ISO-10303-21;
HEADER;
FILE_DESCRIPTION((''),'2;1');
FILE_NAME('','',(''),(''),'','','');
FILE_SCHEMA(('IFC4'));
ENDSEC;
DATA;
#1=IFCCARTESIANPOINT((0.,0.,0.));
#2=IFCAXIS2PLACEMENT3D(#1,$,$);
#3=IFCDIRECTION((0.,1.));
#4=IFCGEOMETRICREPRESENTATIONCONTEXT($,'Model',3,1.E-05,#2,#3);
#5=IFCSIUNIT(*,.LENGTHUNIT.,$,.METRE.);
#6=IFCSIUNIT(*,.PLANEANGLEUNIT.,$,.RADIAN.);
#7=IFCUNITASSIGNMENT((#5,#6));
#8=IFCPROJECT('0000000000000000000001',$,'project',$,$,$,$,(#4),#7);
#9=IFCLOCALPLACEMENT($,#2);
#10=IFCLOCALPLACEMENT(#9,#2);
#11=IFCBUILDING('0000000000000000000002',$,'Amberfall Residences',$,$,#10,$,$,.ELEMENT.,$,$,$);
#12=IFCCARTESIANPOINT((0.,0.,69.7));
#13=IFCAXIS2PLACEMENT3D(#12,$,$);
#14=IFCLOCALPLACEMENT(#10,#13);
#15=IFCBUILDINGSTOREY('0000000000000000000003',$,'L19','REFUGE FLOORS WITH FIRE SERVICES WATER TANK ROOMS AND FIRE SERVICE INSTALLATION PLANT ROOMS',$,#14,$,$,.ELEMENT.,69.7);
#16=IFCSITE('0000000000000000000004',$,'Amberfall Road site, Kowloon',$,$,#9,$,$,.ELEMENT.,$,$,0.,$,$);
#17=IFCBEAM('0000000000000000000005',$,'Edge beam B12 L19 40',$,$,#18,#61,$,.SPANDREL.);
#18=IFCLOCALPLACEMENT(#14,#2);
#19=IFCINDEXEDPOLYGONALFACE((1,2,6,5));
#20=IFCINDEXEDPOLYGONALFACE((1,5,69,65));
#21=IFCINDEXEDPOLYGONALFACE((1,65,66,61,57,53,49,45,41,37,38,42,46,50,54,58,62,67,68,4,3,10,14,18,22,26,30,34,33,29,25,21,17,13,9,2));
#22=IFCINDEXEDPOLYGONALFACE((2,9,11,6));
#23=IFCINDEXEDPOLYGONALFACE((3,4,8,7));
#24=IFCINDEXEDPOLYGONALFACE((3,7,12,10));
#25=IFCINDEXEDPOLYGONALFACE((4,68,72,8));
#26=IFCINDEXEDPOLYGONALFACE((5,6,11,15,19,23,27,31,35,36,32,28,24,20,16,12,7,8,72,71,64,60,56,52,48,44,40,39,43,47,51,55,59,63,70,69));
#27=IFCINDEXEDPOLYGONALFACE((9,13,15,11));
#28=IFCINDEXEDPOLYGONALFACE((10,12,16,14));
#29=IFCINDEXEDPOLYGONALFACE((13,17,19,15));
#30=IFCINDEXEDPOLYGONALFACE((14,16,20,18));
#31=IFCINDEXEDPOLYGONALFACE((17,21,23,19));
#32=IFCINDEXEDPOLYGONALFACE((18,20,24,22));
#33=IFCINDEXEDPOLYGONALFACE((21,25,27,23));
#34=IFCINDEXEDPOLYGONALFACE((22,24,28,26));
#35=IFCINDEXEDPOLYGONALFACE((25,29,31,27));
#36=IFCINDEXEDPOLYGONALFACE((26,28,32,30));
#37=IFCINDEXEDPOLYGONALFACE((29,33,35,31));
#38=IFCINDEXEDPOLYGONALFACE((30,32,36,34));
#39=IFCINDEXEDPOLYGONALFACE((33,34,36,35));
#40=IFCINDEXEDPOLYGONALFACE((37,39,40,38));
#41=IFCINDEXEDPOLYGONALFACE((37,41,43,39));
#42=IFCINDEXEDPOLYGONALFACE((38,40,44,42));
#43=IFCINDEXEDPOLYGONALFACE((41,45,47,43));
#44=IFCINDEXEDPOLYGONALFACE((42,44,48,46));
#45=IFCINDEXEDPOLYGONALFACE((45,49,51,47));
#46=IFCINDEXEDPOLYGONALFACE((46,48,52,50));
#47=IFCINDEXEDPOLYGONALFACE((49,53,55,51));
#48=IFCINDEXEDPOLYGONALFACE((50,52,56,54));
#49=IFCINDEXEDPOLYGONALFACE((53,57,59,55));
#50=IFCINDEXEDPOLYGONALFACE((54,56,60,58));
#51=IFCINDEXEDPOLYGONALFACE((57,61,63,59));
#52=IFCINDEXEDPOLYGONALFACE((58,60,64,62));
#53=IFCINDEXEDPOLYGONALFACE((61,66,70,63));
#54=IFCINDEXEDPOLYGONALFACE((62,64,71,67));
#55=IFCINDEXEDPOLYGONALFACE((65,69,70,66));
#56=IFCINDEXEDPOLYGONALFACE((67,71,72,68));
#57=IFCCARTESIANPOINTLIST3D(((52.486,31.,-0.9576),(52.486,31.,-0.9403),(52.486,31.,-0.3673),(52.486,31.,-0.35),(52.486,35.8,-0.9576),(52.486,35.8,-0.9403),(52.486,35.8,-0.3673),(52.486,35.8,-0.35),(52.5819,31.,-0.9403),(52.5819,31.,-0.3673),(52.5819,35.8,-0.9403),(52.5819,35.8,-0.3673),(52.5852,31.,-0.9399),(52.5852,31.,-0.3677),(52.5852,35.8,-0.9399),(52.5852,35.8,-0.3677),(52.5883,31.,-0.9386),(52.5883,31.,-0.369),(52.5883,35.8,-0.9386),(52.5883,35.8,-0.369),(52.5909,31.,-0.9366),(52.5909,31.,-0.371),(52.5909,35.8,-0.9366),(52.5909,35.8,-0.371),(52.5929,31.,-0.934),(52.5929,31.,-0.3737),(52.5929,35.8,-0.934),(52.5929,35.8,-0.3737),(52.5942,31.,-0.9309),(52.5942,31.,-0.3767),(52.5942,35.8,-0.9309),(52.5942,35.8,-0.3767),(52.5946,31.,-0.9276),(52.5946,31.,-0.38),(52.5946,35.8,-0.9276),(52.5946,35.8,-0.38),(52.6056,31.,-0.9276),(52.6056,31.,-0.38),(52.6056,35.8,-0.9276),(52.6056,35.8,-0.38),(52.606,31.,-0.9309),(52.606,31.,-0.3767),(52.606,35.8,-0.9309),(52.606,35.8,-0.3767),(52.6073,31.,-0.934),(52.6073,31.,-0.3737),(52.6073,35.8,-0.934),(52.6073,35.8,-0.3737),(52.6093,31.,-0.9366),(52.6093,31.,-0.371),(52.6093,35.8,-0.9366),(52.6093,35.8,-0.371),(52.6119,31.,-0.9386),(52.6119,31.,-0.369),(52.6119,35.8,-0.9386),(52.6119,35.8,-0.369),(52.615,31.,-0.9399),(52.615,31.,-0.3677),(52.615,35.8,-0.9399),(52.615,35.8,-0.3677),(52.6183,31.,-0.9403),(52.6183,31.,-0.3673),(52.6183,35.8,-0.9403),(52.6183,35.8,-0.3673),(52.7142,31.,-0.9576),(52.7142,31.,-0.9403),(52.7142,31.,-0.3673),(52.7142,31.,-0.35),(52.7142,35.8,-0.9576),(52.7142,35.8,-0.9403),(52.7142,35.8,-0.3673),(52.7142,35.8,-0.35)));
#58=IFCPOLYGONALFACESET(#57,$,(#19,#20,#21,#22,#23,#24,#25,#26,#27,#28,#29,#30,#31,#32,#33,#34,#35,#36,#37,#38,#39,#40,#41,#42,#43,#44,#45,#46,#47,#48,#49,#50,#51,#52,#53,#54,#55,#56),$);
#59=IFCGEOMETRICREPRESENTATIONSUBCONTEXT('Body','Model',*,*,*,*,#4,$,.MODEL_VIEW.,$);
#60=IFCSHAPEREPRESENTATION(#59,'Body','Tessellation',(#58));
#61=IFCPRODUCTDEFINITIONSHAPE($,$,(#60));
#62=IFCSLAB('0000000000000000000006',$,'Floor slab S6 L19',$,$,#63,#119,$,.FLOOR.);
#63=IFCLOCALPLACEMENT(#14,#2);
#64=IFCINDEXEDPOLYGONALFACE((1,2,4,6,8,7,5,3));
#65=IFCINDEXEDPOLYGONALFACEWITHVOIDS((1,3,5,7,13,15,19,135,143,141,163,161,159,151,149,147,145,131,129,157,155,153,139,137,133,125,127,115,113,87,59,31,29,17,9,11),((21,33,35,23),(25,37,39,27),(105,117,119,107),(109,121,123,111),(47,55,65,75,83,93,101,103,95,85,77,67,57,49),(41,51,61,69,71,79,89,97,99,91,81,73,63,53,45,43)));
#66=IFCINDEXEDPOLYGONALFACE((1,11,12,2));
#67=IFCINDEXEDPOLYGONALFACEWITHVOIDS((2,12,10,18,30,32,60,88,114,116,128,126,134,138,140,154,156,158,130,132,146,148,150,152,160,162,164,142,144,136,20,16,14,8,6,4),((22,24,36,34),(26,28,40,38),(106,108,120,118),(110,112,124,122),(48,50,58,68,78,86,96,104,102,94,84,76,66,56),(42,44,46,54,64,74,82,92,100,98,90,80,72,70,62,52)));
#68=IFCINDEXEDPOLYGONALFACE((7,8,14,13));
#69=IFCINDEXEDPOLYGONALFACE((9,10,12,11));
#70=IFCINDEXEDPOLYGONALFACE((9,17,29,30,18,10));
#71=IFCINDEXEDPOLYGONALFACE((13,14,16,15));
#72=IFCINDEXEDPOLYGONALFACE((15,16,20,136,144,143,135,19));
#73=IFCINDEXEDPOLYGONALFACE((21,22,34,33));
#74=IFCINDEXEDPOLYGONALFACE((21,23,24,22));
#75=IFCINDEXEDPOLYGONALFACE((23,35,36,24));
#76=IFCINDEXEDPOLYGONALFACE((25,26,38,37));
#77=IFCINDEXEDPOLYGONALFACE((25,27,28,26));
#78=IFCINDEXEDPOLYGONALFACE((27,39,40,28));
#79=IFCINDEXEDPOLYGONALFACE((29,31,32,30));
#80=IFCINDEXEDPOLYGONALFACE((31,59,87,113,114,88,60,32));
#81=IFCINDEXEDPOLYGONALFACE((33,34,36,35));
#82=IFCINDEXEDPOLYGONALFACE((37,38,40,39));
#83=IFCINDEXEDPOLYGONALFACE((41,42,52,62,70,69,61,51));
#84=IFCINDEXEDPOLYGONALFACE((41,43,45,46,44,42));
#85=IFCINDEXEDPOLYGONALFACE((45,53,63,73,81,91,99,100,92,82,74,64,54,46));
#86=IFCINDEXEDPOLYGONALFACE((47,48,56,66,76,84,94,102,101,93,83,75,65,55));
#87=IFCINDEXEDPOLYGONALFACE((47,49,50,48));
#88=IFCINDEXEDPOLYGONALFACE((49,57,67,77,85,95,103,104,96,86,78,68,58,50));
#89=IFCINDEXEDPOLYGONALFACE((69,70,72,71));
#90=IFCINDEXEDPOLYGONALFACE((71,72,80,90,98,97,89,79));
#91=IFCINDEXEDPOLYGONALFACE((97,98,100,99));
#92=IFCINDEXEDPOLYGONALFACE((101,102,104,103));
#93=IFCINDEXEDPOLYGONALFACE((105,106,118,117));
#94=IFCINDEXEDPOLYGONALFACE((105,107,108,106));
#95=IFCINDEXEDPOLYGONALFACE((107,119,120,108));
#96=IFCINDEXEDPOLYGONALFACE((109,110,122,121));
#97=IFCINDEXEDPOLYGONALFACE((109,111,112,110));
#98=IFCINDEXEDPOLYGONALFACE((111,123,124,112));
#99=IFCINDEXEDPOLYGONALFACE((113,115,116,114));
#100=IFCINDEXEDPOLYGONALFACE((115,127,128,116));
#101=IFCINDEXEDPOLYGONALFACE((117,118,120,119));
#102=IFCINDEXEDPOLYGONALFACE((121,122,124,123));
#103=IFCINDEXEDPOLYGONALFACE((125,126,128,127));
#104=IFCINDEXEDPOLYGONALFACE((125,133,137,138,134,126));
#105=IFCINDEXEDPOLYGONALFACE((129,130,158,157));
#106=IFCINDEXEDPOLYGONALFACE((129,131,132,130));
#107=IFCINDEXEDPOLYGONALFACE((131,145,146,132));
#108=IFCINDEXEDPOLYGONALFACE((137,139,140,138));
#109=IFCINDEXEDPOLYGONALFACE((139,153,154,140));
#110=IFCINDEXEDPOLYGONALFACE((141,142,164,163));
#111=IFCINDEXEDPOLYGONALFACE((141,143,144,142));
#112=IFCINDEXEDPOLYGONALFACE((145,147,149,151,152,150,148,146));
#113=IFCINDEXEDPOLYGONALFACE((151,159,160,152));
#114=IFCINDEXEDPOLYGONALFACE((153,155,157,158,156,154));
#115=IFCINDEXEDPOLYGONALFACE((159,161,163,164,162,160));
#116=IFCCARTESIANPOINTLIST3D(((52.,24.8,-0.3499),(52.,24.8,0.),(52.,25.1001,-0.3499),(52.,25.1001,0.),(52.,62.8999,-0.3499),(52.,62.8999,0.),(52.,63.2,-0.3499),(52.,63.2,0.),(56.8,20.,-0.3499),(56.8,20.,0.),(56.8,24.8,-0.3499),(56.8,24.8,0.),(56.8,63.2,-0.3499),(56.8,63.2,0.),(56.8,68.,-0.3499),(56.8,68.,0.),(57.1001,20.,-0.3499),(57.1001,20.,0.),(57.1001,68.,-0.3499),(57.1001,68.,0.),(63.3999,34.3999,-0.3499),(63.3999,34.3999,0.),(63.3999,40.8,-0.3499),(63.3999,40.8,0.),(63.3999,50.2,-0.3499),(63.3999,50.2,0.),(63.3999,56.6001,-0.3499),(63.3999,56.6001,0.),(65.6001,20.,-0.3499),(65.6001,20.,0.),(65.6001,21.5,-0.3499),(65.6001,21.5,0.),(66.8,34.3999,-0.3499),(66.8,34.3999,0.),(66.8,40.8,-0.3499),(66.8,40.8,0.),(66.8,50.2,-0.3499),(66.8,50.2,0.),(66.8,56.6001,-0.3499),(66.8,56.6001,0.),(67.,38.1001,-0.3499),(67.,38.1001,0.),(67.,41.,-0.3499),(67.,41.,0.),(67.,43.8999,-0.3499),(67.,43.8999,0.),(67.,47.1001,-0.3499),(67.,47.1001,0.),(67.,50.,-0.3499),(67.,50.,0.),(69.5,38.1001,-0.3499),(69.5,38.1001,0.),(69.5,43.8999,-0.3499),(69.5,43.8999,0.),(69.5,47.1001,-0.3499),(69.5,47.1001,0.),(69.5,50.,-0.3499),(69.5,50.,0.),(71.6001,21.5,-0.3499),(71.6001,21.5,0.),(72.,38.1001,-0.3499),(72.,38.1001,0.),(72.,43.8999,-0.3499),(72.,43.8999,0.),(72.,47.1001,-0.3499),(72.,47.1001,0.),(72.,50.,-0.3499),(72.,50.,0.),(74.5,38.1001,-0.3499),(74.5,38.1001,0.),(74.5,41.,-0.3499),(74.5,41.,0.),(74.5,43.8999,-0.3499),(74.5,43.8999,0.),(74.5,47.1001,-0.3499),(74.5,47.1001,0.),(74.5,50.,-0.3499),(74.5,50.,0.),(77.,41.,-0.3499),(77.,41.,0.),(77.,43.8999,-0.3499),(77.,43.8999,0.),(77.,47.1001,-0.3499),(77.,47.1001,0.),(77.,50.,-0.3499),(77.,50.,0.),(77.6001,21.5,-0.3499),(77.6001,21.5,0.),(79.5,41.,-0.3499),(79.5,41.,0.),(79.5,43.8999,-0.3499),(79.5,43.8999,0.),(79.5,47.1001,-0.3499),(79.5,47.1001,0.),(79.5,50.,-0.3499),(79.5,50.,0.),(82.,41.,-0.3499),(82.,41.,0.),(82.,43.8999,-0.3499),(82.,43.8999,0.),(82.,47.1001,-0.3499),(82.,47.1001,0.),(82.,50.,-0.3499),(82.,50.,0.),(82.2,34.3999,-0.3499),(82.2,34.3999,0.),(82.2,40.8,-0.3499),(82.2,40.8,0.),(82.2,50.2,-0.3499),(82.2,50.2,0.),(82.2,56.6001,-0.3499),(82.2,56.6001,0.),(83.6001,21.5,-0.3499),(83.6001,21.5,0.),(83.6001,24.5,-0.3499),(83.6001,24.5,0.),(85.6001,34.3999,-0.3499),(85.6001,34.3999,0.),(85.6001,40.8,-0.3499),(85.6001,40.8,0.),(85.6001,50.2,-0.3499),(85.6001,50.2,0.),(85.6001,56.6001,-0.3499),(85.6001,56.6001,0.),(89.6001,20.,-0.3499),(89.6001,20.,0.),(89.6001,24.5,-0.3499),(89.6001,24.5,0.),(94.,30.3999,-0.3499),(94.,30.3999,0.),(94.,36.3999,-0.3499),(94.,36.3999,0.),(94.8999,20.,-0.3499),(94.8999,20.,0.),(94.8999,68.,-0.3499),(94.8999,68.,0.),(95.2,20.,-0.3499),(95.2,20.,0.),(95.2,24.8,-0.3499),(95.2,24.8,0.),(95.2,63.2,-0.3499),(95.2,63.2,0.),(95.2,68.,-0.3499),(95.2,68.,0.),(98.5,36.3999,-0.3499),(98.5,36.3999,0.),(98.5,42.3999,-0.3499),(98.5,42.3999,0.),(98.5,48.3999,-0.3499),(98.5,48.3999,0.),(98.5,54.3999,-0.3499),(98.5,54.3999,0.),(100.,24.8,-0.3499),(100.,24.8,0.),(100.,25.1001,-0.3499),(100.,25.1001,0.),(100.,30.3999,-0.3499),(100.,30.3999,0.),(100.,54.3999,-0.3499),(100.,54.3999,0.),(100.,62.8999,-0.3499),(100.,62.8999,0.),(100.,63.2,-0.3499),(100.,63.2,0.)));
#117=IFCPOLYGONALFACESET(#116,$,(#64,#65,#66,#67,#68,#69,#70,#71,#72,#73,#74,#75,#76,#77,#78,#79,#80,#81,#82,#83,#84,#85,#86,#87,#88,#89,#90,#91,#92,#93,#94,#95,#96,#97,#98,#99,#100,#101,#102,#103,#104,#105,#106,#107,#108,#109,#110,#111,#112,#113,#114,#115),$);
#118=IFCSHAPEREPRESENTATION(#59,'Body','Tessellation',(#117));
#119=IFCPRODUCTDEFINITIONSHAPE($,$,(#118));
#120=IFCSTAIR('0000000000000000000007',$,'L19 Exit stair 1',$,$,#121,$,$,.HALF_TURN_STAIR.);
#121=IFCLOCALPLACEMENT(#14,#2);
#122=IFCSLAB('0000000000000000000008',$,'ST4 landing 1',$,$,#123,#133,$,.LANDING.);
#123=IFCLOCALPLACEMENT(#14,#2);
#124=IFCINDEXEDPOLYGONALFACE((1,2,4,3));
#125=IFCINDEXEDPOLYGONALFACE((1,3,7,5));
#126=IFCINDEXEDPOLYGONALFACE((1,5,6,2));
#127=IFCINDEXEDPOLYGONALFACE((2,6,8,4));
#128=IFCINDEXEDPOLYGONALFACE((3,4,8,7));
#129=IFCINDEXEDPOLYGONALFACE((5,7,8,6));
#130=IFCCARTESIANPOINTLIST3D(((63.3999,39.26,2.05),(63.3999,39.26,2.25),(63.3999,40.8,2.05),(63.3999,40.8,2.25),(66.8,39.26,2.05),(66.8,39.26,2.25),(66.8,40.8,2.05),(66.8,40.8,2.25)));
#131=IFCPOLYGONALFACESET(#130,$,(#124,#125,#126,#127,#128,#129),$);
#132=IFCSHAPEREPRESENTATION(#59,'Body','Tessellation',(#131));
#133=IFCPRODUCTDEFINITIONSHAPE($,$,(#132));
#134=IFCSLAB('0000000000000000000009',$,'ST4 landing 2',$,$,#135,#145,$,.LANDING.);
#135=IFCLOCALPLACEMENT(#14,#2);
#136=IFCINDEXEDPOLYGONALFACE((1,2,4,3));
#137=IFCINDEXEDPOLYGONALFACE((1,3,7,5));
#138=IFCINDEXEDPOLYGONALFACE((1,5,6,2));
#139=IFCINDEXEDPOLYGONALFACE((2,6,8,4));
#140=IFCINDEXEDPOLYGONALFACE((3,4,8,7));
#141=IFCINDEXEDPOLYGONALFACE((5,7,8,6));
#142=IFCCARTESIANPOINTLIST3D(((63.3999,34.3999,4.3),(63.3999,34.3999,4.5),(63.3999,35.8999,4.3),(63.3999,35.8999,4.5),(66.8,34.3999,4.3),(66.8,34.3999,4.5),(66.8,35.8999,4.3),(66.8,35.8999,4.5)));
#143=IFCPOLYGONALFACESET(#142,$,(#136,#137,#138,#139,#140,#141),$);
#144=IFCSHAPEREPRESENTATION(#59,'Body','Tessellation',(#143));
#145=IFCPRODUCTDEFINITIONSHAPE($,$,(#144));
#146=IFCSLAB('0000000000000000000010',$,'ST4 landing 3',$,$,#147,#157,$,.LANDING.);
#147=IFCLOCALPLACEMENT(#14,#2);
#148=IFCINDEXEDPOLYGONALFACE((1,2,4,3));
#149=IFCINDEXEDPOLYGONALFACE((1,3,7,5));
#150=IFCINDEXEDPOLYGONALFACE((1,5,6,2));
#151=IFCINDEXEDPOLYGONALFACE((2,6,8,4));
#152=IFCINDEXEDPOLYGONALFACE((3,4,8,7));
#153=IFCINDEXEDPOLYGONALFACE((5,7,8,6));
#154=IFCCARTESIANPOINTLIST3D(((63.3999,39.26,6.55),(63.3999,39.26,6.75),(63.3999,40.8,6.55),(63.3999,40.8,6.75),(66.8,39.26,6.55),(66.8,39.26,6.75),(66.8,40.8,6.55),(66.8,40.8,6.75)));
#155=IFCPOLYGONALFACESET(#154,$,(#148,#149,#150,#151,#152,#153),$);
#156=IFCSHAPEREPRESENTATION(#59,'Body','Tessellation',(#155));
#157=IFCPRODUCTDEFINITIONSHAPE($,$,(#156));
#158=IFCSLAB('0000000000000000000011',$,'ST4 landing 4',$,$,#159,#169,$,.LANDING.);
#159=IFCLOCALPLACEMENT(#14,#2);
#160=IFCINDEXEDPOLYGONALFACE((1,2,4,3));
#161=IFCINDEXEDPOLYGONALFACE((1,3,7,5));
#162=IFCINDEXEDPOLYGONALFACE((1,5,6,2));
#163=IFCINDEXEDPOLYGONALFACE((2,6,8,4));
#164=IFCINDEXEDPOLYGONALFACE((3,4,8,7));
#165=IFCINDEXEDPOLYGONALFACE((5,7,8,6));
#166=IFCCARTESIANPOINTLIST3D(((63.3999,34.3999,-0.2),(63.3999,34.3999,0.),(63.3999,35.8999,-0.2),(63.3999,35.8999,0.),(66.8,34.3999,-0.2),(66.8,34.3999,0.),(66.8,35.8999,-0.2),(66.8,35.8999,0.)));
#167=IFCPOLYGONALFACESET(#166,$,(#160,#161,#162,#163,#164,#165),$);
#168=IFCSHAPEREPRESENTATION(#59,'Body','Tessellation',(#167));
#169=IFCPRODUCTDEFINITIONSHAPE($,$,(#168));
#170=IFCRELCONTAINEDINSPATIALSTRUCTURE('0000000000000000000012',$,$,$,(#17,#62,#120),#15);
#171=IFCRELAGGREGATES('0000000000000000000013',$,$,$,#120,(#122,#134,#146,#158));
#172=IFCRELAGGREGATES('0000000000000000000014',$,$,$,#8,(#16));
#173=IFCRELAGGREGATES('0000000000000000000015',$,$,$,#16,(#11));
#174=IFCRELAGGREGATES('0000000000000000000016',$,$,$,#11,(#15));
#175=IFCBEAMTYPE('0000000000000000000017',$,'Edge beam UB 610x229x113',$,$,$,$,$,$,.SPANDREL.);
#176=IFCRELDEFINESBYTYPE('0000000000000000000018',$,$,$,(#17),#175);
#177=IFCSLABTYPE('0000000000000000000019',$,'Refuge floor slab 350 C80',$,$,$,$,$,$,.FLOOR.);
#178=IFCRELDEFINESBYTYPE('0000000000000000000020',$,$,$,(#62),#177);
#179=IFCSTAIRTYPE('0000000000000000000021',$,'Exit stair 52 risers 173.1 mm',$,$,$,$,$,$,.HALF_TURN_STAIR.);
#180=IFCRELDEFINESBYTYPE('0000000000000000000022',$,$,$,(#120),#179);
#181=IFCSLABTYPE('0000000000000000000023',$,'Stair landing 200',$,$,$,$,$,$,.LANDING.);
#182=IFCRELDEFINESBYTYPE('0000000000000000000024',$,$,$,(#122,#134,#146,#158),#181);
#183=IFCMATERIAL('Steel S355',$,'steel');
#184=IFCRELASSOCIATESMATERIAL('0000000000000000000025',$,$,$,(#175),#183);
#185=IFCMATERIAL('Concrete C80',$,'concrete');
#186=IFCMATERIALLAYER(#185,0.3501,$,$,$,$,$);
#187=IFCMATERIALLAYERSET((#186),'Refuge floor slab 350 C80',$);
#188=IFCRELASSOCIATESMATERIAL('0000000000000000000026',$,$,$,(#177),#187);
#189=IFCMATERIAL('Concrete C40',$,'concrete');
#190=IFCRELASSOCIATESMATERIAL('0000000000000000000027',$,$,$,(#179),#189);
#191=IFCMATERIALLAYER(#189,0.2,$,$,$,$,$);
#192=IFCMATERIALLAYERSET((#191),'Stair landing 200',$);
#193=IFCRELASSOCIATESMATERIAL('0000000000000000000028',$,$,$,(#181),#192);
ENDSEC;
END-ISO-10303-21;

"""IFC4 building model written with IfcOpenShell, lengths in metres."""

from ifc_helpers import new_model, si_unit, direction, frame, origin, origin_2d, place, context, subcontext, project, spatial, polyline, i_section, outline, extrude, material, layer, layer_set, material_profile, profile_set, type_object, element, aggregate, save


model = new_model("IFC4")

# Units and contexts
model_context = context("Model", 3, precision=1e-05, world=origin(), true_north=direction((0.0, 1.0)))
body_context = subcontext(model_context, "Body", "Model", "MODEL_VIEW")
ifc_project = project(units=[si_unit("LENGTHUNIT", "METRE"), si_unit("PLANEANGLEUNIT", "RADIAN")], contexts=[model_context])

# Site, building, storey
site_placement = place(None, origin())
site = spatial("IfcSite", under=ifc_project, at=site_placement, Name="Amberfall Road site, Kowloon", CompositionType="ELEMENT", RefElevation=0.0)
building_placement = place(site_placement, origin())
building = spatial("IfcBuilding", under=site, at=building_placement, Name="Amberfall Residences", CompositionType="ELEMENT")
storey_placement = place(building_placement, frame((0.0, 0.0, 69.7)))
storey = spatial("IfcBuildingStorey", under=building, at=storey_placement, Name="L19", Description="REFUGE FLOORS WITH FIRE SERVICES WATER TANK ROOMS AND FIRE SERVICE INSTALLATION PLANT ROOMS", CompositionType="ELEMENT", Elevation=69.7)

# Shared definitions
ifc_material_1 = material(Name="Concrete C80", Category="concrete")

# Beam
ifc_material_2 = material(Name="Steel S355", Category="steel")
ifc_material_profile_1 = material_profile(ifc_material_2, i_section(OverallWidth=0.2283, OverallDepth=0.6077, WebThickness=0.011, FlangeThickness=0.0173, FilletRadius=0.0127, at=origin_2d()), Name="UB 610x229x113")
ifc_profile_set_1 = profile_set([ifc_material_profile_1], Name="Steel S355")
beam_type_1 = type_object("IfcBeamType", Name="Edge beam UB 610x229x113", PredefinedType="SPANDREL", material=ifc_profile_set_1)
beam_placement = place(storey_placement, frame((52.6001, 31.0, -0.6538), z_axis=(0.0, 1.0, 0.0), x_axis=(-1.0, 0.0, 0.0)))
element("IfcBeam", 1, at=beam_placement, inside=storey, type_object=beam_type_1, Name="Edge beam B12 L19 40", PredefinedType="SPANDREL", context=body_context, shape_type="SweptSolid", body=[
    extrude(i_section(OverallWidth=0.2283, OverallDepth=0.6077, WebThickness=0.011, FlangeThickness=0.0173, FilletRadius=0.0127, at=origin_2d()), origin(), (0.0, 0.0, 1.0), 4.8),
])

# Slab
ifc_layer_1 = layer(ifc_material_1, 0.3501)
ifc_layer_set_1 = layer_set([ifc_layer_1], Name="Refuge floor slab 350 C80")
slab_type_1 = type_object("IfcSlabType", Name="Refuge floor slab 350 C80", PredefinedType="FLOOR", material=ifc_layer_set_1)
slab_1_placement = place(storey_placement, frame((0.0, 0.0, -0.3499)))
element("IfcSlab", 2, at=slab_1_placement, inside=storey, type_object=slab_type_1, Name="Floor slab S6 L19", PredefinedType="FLOOR", context=body_context, shape_type="SweptSolid", body=[
    extrude(outline(polyline([(89.6001, 20.0), (89.6001, 24.5), (83.6001, 24.5), (83.6001, 21.5), (77.6001, 21.5), (71.6001, 21.5), (65.6001, 21.5), (65.6001, 20.0), (57.1001, 20.0), (56.8, 20.0), (56.8, 24.8), (52.0, 24.8), (52.0, 25.1001), (52.0, 62.8999), (52.0, 63.2), (56.8, 63.2), (56.8, 68.0), (57.1001, 68.0), (94.8999, 68.0), (95.2, 68.0), (95.2, 63.2), (100.0, 63.2), (100.0, 62.8999), (100.0, 54.3999), (98.5, 54.3999), (98.5, 48.3999), (98.5, 42.3999), (98.5, 36.3999), (94.0, 36.3999), (94.0, 30.3999), (100.0, 30.3999), (100.0, 25.1001), (100.0, 24.8), (95.2, 24.8), (95.2, 20.0), (94.8999, 20.0), (89.6001, 20.0)]), holes=[polyline([(85.6001, 34.3999), (85.6001, 40.8), (82.2, 40.8), (82.2, 34.3999), (85.6001, 34.3999)]), polyline([(82.2, 50.2), (85.6001, 50.2), (85.6001, 56.6001), (82.2, 56.6001), (82.2, 50.2)]), polyline([(69.5, 50.0), (67.0, 50.0), (67.0, 47.1001), (69.5, 47.1001), (72.0, 47.1001), (74.5, 47.1001), (77.0, 47.1001), (79.5, 47.1001), (82.0, 47.1001), (82.0, 50.0), (79.5, 50.0), (77.0, 50.0), (74.5, 50.0), (72.0, 50.0), (69.5, 50.0)]), polyline([(74.5, 41.0), (77.0, 41.0), (79.5, 41.0), (82.0, 41.0), (82.0, 43.8999), (79.5, 43.8999), (77.0, 43.8999), (74.5, 43.8999), (72.0, 43.8999), (69.5, 43.8999), (67.0, 43.8999), (67.0, 41.0), (67.0, 38.1001), (69.5, 38.1001), (72.0, 38.1001), (74.5, 38.1001), (74.5, 41.0)]), polyline([(66.8, 34.3999), (66.8, 40.8), (63.3999, 40.8), (63.3999, 34.3999), (66.8, 34.3999)]), polyline([(66.8, 50.2), (66.8, 56.6001), (63.3999, 56.6001), (63.3999, 50.2), (66.8, 50.2)])]), origin(), (0.0, 0.0, 1.0), 0.3499),
])

# Stair, slabs
ifc_material_3 = material(Name="Concrete C40", Category="concrete")
stair_type = type_object("IfcStairType", Name="Exit stair 52 risers 173.1 mm", PredefinedType="HALF_TURN_STAIR", material=ifc_material_3)
stair_1_placement = place(storey_placement, origin())
stair_1 = element("IfcStair", 3, at=stair_1_placement, inside=storey, type_object=stair_type, Name="L19 Exit stair 1", PredefinedType="HALF_TURN_STAIR")
ifc_layer_2 = layer(ifc_material_3, 0.2)
ifc_layer_set_2 = layer_set([ifc_layer_2], Name="Stair landing 200")
slab_type_2 = type_object("IfcSlabType", Name="Stair landing 200", PredefinedType="LANDING", material=ifc_layer_set_2)
slab_2_placement = place(storey_placement, frame((0.0, 0.0, 2.05)))
slab_2 = element("IfcSlab", 4, at=slab_2_placement, type_object=slab_type_2, Name="ST4 landing 1", PredefinedType="LANDING", context=body_context, shape_type="SweptSolid", body=[
    extrude(outline(polyline([(66.8, 39.26), (66.8, 40.8), (63.3999, 40.8), (63.3999, 39.26), (66.8, 39.26)])), origin(), (0.0, 0.0, 1.0), 0.2),
])
slab_3_placement = place(storey_placement, frame((0.0, 0.0, 4.3)))
slab_3 = element("IfcSlab", 5, at=slab_3_placement, type_object=slab_type_2, Name="ST4 landing 2", PredefinedType="LANDING", context=body_context, shape_type="SweptSolid", body=[
    extrude(outline(polyline([(66.8, 34.3999), (66.8, 35.8999), (63.3999, 35.8999), (63.3999, 34.3999), (66.8, 34.3999)])), origin(), (0.0, 0.0, 1.0), 0.2),
])
slab_4_placement = place(storey_placement, frame((0.0, 0.0, 6.55)))
slab_4 = element("IfcSlab", 6, at=slab_4_placement, type_object=slab_type_2, Name="ST4 landing 3", PredefinedType="LANDING", context=body_context, shape_type="SweptSolid", body=[
    extrude(outline(polyline([(66.8, 39.26), (66.8, 40.8), (63.3999, 40.8), (63.3999, 39.26), (66.8, 39.26)])), origin(), (0.0, 0.0, 1.0), 0.2),
])
slab_5_placement = place(storey_placement, frame((0.0, 0.0, -0.2)))
slab_5 = element("IfcSlab", 7, at=slab_5_placement, type_object=slab_type_2, Name="ST4 landing 4", PredefinedType="LANDING", context=body_context, shape_type="SweptSolid", body=[
    extrude(outline(polyline([(66.8, 34.3999), (66.8, 35.8999), (63.3999, 35.8999), (63.3999, 34.3999), (66.8, 34.3999)])), origin(), (0.0, 0.0, 1.0), 0.2),
])
aggregate(stair_1, [slab_2, slab_3, slab_4, slab_5])

save(model, "model.ifc")
